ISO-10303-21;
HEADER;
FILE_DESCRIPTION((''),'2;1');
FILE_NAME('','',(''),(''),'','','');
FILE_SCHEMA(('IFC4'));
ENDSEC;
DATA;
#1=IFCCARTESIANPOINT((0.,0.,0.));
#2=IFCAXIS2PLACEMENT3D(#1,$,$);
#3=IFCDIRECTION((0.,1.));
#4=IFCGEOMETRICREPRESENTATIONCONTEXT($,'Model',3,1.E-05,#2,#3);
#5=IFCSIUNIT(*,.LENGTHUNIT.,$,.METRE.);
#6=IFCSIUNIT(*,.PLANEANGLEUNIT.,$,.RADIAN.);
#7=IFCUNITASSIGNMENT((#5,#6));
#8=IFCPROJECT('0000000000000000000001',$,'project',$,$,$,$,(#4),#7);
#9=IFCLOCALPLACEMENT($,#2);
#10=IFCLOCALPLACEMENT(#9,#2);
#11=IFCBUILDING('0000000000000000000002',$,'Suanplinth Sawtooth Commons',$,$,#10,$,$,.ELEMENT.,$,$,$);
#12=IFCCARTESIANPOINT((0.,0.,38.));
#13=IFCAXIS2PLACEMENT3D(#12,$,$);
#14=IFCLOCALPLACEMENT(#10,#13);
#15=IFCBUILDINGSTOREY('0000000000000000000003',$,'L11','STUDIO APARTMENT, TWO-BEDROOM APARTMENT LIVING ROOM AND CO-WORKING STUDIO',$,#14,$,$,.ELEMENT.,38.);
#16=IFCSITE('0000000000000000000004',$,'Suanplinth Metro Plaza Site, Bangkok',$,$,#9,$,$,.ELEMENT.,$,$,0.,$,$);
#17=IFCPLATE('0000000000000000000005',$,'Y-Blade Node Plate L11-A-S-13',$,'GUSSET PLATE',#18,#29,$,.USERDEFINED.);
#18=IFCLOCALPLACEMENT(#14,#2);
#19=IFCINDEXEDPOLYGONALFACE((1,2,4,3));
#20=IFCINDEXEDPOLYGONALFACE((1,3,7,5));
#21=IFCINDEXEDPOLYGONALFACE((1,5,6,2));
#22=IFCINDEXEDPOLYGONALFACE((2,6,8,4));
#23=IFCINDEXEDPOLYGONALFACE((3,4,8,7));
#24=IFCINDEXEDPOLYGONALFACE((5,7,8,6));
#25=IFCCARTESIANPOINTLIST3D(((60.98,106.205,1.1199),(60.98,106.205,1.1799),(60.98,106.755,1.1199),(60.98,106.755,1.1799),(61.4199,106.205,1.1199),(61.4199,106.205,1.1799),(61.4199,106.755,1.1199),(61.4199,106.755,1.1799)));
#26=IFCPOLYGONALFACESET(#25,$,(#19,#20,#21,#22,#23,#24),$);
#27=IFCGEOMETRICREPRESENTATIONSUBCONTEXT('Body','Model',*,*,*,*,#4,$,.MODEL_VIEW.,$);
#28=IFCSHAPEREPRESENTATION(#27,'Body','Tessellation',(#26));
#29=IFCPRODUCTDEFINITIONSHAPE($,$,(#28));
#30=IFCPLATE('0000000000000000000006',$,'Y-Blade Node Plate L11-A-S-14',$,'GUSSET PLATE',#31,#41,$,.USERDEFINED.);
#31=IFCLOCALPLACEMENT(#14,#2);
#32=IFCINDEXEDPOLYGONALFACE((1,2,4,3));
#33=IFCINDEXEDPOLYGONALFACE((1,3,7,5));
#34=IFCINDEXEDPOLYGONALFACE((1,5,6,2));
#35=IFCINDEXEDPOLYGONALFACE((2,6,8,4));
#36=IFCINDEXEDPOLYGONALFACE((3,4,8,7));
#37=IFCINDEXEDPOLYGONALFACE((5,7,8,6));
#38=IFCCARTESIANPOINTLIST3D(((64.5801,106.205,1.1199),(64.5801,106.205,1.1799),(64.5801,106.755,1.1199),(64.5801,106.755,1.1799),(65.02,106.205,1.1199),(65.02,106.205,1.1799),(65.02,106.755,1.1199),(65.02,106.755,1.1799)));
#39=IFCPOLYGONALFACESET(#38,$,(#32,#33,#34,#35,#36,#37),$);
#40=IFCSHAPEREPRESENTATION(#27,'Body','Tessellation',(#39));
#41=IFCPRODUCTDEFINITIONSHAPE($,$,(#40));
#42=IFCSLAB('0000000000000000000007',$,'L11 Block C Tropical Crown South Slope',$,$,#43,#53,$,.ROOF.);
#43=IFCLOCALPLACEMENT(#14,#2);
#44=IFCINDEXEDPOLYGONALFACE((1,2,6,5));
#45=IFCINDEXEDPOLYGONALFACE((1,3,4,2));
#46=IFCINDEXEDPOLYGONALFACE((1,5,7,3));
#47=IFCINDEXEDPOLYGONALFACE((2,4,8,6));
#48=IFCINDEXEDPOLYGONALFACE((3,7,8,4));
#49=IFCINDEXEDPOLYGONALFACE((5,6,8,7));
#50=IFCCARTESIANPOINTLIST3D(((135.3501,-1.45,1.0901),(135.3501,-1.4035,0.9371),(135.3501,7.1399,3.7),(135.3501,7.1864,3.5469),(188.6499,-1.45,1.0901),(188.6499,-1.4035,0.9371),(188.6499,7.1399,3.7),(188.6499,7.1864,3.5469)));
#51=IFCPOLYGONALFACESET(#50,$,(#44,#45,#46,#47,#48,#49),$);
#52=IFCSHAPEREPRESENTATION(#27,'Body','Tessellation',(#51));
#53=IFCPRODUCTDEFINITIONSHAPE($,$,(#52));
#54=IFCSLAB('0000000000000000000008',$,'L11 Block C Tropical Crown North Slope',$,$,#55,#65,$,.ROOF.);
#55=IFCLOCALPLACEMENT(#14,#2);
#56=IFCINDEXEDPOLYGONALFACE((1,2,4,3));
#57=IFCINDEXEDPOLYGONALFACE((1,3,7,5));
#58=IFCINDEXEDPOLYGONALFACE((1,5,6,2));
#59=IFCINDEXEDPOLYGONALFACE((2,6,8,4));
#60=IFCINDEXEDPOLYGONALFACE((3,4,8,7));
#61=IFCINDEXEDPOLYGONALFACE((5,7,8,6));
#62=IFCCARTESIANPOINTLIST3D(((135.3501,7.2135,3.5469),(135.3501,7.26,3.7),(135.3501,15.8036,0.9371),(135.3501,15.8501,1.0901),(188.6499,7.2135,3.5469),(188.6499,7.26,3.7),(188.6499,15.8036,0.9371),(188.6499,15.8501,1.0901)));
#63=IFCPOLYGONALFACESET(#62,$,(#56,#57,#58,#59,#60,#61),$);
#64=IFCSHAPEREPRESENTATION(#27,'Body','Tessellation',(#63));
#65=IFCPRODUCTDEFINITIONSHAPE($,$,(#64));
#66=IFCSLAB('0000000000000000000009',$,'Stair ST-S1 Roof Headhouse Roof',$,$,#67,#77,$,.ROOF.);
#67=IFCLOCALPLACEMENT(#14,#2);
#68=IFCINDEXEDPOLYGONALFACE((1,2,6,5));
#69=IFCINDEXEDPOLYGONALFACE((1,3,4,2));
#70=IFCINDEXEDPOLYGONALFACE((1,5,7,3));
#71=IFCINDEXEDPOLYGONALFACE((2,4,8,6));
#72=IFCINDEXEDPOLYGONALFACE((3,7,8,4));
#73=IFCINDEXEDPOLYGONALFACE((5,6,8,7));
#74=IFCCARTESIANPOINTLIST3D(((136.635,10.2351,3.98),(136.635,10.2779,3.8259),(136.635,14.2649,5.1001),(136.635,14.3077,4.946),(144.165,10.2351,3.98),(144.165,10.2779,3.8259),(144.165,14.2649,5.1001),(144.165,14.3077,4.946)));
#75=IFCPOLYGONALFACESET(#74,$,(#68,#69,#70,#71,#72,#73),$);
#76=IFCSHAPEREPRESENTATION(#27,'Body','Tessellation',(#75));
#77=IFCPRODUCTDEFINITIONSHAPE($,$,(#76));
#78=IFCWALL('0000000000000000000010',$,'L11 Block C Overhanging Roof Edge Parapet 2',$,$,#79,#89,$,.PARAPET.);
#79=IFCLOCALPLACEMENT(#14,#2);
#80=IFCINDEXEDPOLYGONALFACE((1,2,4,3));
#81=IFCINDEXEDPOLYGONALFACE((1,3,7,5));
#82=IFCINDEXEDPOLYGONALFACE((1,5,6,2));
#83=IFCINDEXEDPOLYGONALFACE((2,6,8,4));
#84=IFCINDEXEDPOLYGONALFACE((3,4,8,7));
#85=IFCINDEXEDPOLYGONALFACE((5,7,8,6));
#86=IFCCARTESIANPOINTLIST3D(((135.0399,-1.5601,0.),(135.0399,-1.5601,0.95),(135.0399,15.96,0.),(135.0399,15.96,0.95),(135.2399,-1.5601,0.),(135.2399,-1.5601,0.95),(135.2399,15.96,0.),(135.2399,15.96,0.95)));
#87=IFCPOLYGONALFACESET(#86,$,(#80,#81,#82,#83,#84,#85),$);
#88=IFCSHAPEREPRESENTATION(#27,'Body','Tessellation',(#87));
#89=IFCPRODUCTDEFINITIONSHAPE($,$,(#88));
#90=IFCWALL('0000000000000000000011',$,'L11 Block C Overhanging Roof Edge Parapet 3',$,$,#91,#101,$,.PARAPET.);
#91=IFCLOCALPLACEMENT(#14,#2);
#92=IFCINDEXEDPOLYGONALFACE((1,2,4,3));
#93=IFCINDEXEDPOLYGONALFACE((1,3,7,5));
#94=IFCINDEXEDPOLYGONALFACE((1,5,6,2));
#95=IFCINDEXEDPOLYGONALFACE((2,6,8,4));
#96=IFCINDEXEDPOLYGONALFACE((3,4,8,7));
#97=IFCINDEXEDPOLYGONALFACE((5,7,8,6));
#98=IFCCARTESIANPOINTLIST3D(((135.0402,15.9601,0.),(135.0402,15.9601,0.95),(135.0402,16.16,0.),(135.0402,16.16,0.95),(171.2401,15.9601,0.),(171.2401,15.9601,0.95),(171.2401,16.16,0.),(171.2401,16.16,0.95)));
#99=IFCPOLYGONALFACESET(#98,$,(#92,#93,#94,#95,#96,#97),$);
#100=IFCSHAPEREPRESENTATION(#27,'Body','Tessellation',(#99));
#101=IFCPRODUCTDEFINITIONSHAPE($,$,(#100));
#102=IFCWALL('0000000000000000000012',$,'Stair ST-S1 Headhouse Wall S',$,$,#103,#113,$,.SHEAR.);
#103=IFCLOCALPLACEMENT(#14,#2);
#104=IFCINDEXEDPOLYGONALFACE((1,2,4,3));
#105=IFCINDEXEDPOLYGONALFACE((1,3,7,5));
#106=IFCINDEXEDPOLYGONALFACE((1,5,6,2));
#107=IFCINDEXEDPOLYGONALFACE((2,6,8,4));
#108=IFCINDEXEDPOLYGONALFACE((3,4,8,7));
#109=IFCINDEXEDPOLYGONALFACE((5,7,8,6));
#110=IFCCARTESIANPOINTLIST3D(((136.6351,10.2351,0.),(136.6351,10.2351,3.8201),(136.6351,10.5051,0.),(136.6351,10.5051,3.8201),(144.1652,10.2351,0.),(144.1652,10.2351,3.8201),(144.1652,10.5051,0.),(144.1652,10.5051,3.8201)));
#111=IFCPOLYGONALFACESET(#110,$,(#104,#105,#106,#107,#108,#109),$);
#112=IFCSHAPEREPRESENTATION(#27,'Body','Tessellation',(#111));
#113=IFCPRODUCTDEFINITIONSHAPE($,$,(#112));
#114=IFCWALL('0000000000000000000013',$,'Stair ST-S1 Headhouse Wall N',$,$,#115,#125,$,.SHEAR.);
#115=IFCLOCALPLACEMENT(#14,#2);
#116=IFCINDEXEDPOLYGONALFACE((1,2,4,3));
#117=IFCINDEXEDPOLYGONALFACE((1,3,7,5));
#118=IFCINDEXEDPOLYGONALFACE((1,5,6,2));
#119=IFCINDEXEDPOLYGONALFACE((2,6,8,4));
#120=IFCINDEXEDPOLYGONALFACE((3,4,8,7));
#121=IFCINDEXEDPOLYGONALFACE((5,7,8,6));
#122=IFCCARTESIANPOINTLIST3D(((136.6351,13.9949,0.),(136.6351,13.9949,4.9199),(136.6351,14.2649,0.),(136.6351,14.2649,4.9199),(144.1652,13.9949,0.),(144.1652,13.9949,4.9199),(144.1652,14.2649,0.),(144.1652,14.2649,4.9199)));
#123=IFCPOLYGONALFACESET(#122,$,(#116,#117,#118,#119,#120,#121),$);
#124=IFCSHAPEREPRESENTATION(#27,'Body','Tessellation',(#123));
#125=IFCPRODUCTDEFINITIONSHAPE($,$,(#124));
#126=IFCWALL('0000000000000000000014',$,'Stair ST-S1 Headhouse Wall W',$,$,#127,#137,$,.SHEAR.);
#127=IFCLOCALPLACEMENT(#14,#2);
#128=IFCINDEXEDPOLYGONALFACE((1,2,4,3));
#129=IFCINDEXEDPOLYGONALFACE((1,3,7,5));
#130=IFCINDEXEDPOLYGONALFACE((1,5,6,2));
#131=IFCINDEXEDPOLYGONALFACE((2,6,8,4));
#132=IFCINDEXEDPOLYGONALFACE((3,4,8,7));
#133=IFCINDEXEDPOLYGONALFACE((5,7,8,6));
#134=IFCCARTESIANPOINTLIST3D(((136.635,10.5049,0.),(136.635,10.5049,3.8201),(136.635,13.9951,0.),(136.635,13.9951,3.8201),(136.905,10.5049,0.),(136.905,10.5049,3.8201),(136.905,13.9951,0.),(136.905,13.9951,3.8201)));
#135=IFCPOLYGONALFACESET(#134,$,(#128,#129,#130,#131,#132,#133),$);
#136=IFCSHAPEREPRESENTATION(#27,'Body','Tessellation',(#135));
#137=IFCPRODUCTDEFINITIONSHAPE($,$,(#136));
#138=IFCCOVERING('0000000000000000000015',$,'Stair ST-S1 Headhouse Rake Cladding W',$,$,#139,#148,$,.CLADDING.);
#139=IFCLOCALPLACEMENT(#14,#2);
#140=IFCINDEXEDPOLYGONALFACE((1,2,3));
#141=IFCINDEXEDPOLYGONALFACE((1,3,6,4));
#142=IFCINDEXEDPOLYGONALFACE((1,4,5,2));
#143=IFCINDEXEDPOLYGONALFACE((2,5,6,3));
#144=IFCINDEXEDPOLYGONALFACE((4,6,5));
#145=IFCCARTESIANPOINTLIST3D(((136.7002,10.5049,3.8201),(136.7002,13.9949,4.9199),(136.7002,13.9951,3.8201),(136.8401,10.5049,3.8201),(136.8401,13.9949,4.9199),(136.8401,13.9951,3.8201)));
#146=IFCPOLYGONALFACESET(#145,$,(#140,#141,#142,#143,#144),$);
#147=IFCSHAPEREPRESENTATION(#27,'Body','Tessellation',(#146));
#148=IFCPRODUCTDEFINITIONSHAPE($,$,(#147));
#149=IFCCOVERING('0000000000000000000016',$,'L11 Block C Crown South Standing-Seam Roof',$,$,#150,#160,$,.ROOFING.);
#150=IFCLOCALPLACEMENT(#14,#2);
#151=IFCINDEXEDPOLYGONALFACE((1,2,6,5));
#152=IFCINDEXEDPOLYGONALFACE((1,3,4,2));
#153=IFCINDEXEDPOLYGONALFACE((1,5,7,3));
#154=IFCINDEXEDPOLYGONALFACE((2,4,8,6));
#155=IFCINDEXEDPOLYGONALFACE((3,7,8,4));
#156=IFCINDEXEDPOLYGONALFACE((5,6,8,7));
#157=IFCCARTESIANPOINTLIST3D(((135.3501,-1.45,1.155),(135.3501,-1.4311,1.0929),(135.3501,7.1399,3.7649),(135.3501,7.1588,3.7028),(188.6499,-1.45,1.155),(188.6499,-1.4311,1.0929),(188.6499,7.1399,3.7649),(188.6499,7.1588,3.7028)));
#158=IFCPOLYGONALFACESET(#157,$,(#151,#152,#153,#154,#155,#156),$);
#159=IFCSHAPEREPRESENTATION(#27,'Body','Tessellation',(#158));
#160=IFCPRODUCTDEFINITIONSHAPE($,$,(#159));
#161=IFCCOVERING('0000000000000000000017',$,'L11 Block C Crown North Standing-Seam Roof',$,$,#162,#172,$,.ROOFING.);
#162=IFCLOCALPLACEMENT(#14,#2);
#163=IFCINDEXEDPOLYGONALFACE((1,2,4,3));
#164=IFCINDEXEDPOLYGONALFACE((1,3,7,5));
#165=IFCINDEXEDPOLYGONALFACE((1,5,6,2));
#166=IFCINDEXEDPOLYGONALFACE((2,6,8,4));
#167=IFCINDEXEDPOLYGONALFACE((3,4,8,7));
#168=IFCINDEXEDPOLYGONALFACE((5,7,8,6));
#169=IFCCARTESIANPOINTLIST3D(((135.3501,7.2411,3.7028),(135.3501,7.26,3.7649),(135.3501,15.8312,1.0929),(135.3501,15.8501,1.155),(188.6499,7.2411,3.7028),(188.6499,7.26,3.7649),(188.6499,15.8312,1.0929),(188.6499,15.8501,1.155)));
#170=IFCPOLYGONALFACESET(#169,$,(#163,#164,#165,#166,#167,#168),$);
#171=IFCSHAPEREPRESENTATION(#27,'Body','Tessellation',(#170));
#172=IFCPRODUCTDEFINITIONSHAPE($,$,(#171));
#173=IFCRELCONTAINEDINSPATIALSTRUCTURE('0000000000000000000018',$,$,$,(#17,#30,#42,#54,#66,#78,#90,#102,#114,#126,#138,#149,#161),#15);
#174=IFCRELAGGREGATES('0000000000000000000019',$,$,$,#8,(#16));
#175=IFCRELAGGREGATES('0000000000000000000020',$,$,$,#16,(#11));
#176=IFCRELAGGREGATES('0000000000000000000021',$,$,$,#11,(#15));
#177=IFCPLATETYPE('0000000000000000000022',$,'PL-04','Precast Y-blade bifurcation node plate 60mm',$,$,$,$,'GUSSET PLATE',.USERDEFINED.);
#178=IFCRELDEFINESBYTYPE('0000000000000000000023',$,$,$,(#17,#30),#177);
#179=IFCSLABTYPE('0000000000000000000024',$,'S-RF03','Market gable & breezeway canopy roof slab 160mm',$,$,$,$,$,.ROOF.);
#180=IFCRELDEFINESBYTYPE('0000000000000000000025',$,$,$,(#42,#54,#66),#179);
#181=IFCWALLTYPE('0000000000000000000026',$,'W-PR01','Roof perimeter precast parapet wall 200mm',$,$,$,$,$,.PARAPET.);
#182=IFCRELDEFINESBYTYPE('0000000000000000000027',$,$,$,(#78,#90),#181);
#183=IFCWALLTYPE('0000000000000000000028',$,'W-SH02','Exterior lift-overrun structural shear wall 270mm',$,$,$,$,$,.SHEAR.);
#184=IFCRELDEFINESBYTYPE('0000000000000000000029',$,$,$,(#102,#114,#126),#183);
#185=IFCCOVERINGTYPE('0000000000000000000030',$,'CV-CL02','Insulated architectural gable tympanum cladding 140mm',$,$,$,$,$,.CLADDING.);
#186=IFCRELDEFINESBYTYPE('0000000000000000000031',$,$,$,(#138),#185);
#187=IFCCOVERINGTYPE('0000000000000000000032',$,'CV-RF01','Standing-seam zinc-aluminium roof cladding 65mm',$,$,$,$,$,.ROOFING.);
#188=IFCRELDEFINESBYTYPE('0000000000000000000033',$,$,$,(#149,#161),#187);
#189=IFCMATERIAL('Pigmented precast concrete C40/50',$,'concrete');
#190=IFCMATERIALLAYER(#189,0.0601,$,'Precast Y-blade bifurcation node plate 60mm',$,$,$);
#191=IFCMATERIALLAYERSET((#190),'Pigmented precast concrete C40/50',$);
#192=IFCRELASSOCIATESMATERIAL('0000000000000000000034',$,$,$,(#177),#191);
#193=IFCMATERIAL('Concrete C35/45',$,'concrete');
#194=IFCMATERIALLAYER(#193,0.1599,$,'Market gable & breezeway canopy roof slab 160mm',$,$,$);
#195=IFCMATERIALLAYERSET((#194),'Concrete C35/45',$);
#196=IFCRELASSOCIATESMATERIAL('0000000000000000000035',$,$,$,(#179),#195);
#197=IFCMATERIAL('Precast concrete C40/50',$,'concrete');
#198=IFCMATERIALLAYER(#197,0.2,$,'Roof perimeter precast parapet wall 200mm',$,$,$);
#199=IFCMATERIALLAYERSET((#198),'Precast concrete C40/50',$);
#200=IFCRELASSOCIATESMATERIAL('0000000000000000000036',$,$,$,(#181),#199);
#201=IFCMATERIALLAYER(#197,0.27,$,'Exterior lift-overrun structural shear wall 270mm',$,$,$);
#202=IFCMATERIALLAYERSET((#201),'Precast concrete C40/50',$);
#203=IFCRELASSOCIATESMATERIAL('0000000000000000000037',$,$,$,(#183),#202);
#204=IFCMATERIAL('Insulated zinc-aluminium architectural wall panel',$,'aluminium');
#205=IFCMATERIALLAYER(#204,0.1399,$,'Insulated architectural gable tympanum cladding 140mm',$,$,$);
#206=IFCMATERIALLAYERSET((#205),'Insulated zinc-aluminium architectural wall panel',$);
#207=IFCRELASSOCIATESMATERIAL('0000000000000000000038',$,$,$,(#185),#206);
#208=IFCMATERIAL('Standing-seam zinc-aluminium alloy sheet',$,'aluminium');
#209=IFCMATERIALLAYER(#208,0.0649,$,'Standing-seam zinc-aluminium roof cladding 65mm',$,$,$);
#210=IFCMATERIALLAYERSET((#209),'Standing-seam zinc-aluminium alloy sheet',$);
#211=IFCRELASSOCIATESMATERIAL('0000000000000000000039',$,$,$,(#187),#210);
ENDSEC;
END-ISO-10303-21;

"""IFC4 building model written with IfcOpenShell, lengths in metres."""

from ifc_helpers import new_model, si_unit, direction, frame, frame_2d, origin, origin_2d, place, context, subcontext, project, spatial, polyline, rectangle, outline, extrude, material, layer, layer_set, type_object, element, save


model = new_model("IFC4")

# Units and contexts
model_context = context("Model", 3, precision=1e-05, world=origin(), true_north=direction((0.0, 1.0)))
body_context = subcontext(model_context, "Body", "Model", "MODEL_VIEW")
ifc_project = project(units=[si_unit("LENGTHUNIT", "METRE"), si_unit("PLANEANGLEUNIT", "RADIAN")], contexts=[model_context])

# Site, building, storey
site_placement = place(None, origin())
site = spatial("IfcSite", under=ifc_project, at=site_placement, Name="Suanplinth Metro Plaza Site, Bangkok", CompositionType="ELEMENT", RefElevation=0.0)
building_placement = place(site_placement, origin())
building = spatial("IfcBuilding", under=site, at=building_placement, Name="Suanplinth Sawtooth Commons", CompositionType="ELEMENT")
storey_placement = place(building_placement, frame((0.0, 0.0, 38.0)))
storey = spatial("IfcBuildingStorey", under=building, at=storey_placement, Name="L11", Description="STUDIO APARTMENT, TWO-BEDROOM APARTMENT LIVING ROOM AND CO-WORKING STUDIO", CompositionType="ELEMENT", Elevation=38.0)

# Shared definitions
ifc_material_1 = material(Name="Precast concrete C40/50", Category="concrete")

# Shared definitions
ifc_material_2 = material(Name="Pigmented precast concrete C40/50", Category="concrete")

# Plates
ifc_layer_1 = layer(ifc_material_2, 0.0601, Name="Precast Y-blade bifurcation node plate 60mm")
ifc_layer_set_1 = layer_set([ifc_layer_1], Name="Pigmented precast concrete C40/50")
plate_type = type_object("IfcPlateType", Name="PL-04", Description="Precast Y-blade bifurcation node plate 60mm", ElementType="GUSSET PLATE", PredefinedType="USERDEFINED", material=ifc_layer_set_1)
for number, where, z_axis, x_axis, name in (
    (1, (61.2, 106.48, 1.1199), (0.0, 0.0, 1.0), (1.0, 0.0, 0.0), "Y-Blade Node Plate L11-A-S-13"),
    (2, (64.8, 106.48, 1.1199), (0.0, 0.0, 1.0), (1.0, 0.0, 0.0), "Y-Blade Node Plate L11-A-S-14"),
):
    element("IfcPlate", number, at=place(storey_placement, frame(where, z_axis=z_axis, x_axis=x_axis)), inside=storey, type_object=plate_type, Name=name, ObjectType="GUSSET PLATE", PredefinedType="USERDEFINED", context=body_context, shape_type="SweptSolid", body=[
        extrude(rectangle(XDim=0.4399, YDim=0.55, at=origin_2d()), origin(), (0.0, 0.0, 1.0), 0.0601),
    ])

# Slabs
ifc_material_3 = material(Name="Concrete C35/45", Category="concrete")
ifc_layer_2 = layer(ifc_material_3, 0.1599, Name="Market gable & breezeway canopy roof slab 160mm")
ifc_layer_set_2 = layer_set([ifc_layer_2], Name="Concrete C35/45")
slab_type = type_object("IfcSlabType", Name="S-RF03", Description="Market gable & breezeway canopy roof slab 160mm", PredefinedType="ROOF", material=ifc_layer_set_2)
slab_1_placement = place(storey_placement, frame((135.3501, -1.45, 1.0901), z_axis=(0.0, -0.290709, 0.956811), x_axis=(1.0, 0.0, 0.0)))
element("IfcSlab", 3, at=slab_1_placement, inside=storey, type_object=slab_type, Name="L11 Block C Tropical Crown South Slope", PredefinedType="ROOF", context=body_context, shape_type="SweptSolid", body=[
    extrude(outline(polyline([(0.0, 0.0), (53.2998, 0.0), (53.2998, 8.9776), (0.0, 8.9776), (0.0, 0.0)])), origin(), (0.0, 0.0, -1.0), 0.1599),
])
slab_2_placement = place(storey_placement, frame((135.3501, 15.8501, 1.0901), z_axis=(0.0, 0.290702, 0.956814), x_axis=(1.0, 0.0, 0.0)))
element("IfcSlab", 4, at=slab_2_placement, inside=storey, type_object=slab_type, Name="L11 Block C Tropical Crown North Slope", PredefinedType="ROOF", context=body_context, shape_type="SweptSolid", body=[
    extrude(outline(polyline([(0.0, 0.0), (53.2998, 0.0), (53.2998, -8.9778), (0.0, -8.9778), (0.0, 0.0)])), origin(), (0.0, 0.0, -1.0), 0.1599),
])
slab_3_placement = place(storey_placement, frame((136.635, 10.2351, 3.98), z_axis=(0.0, -0.267806, 0.963473), x_axis=(1.0, 0.0, 0.0)))
element("IfcSlab", 5, at=slab_3_placement, inside=storey, type_object=slab_type, Name="Stair ST-S1 Roof Headhouse Roof", PredefinedType="ROOF", context=body_context, shape_type="SweptSolid", body=[
    extrude(outline(polyline([(0.0, 0.0), (7.53, 0.0), (7.53, 4.1826), (0.0, 4.1826), (0.0, 0.0)])), origin(), (0.0, 0.0, -1.0), 0.1599),
])

# Walls
ifc_layer_3 = layer(ifc_material_1, 0.2, Name="Roof perimeter precast parapet wall 200mm")
ifc_layer_set_3 = layer_set([ifc_layer_3], Name="Precast concrete C40/50")
wall_type_1 = type_object("IfcWallType", Name="W-PR01", Description="Roof perimeter precast parapet wall 200mm", PredefinedType="PARAPET", material=ifc_layer_set_3)
wall_1_placement = place(storey_placement, frame((135.1399, -1.5601, 0.0), z_axis=(0.0, 0.0, 1.0), x_axis=(0.0, 1.0, 0.0)))
element("IfcWall", 6, at=wall_1_placement, inside=storey, type_object=wall_type_1, Name="L11 Block C Overhanging Roof Edge Parapet 2", PredefinedType="PARAPET", context=body_context, shape_type="SweptSolid", body=[
    extrude(rectangle(XDim=17.52, YDim=0.2, at=frame_2d((8.76, 0.0))), origin(), (0.0, 0.0, 1.0), 0.95),
])
wall_2_placement = place(storey_placement, frame((135.04, 16.0601, 0.0), z_axis=(0.0, 0.0, 1.0), x_axis=(1.0, 0.0, 0.0)))
element("IfcWall", 7, at=wall_2_placement, inside=storey, type_object=wall_type_1, Name="L11 Block C Overhanging Roof Edge Parapet 3", PredefinedType="PARAPET", context=body_context, shape_type="SweptSolid", body=[
    extrude(rectangle(XDim=36.2, YDim=0.2, at=frame_2d((18.1001, 0.0))), origin(), (0.0, 0.0, 1.0), 0.95),
])
ifc_layer_4 = layer(ifc_material_1, 0.27, Name="Exterior lift-overrun structural shear wall 270mm")
ifc_layer_set_4 = layer_set([ifc_layer_4], Name="Precast concrete C40/50")
wall_type_2 = type_object("IfcWallType", Name="W-SH02", Description="Exterior lift-overrun structural shear wall 270mm", PredefinedType="SHEAR", material=ifc_layer_set_4)
wall_3_placement = place(storey_placement, frame((136.635, 10.3701, 0.0), z_axis=(0.0, 0.0, 1.0), x_axis=(1.0, 0.0, 0.0)))
element("IfcWall", 8, at=wall_3_placement, inside=storey, type_object=wall_type_2, Name="Stair ST-S1 Headhouse Wall S", PredefinedType="SHEAR", context=body_context, shape_type="SweptSolid", body=[
    extrude(rectangle(XDim=7.53, YDim=0.27, at=frame_2d((3.7651, 0.0))), origin(), (0.0, 0.0, 1.0), 3.8201),
])
wall_4_placement = place(storey_placement, frame((136.635, 14.1299, 0.0), z_axis=(0.0, 0.0, 1.0), x_axis=(1.0, 0.0, 0.0)))
element("IfcWall", 9, at=wall_4_placement, inside=storey, type_object=wall_type_2, Name="Stair ST-S1 Headhouse Wall N", PredefinedType="SHEAR", context=body_context, shape_type="SweptSolid", body=[
    extrude(rectangle(XDim=7.53, YDim=0.27, at=frame_2d((3.7651, 0.0))), origin(), (0.0, 0.0, 1.0), 4.9199),
])
wall_5_placement = place(storey_placement, frame((136.77, 10.5049, 0.0), z_axis=(0.0, 0.0, 1.0), x_axis=(0.0, 1.0, 0.0)))
element("IfcWall", 10, at=wall_5_placement, inside=storey, type_object=wall_type_2, Name="Stair ST-S1 Headhouse Wall W", PredefinedType="SHEAR", context=body_context, shape_type="SweptSolid", body=[
    extrude(rectangle(XDim=3.4902, YDim=0.27, at=frame_2d((1.7451, 0.0))), origin(), (0.0, 0.0, 1.0), 3.8201),
])

# Coverings
ifc_material_4 = material(Name="Insulated zinc-aluminium architectural wall panel", Category="aluminium")
ifc_layer_5 = layer(ifc_material_4, 0.1399, Name="Insulated architectural gable tympanum cladding 140mm")
ifc_layer_set_5 = layer_set([ifc_layer_5], Name="Insulated zinc-aluminium architectural wall panel")
covering_type_1 = type_object("IfcCoveringType", Name="CV-CL02", Description="Insulated architectural gable tympanum cladding 140mm", PredefinedType="CLADDING", material=ifc_layer_set_5)
covering_1_placement = place(storey_placement, frame((136.77, 10.5049, 3.8201), z_axis=(0.0, 0.0, 1.0), x_axis=(0.0, 1.0, 0.0)))
element("IfcCovering", 11, at=covering_1_placement, inside=storey, type_object=covering_type_1, Name="Stair ST-S1 Headhouse Rake Cladding W", PredefinedType="CLADDING", context=body_context, shape_type="SweptSolid", body=[
    extrude(outline(polyline([(0.0, 0.0), (3.4902, 0.0), (3.49, 1.0999), (0.0, 0.0), (0.0, 0.0)])), frame((0.0, 0.0698, 0.0), z_axis=(0.0, -1.0, 0.0), x_axis=(1.0, 0.0, 0.0)), (0.0, 0.0, 1.0), 0.1399),
])
ifc_material_5 = material(Name="Standing-seam zinc-aluminium alloy sheet", Category="aluminium")
ifc_layer_6 = layer(ifc_material_5, 0.0649, Name="Standing-seam zinc-aluminium roof cladding 65mm")
ifc_layer_set_6 = layer_set([ifc_layer_6], Name="Standing-seam zinc-aluminium alloy sheet")
covering_type_2 = type_object("IfcCoveringType", Name="CV-RF01", Description="Standing-seam zinc-aluminium roof cladding 65mm", PredefinedType="ROOFING", material=ifc_layer_set_6)
covering_2_placement = place(storey_placement, frame((135.3501, -1.45, 1.155), z_axis=(0.0, -0.290709, 0.956811), x_axis=(1.0, 0.0, 0.0)))
element("IfcCovering", 12, at=covering_2_placement, inside=storey, type_object=covering_type_2, Name="L11 Block C Crown South Standing-Seam Roof", PredefinedType="ROOFING", context=body_context, shape_type="SweptSolid", body=[
    extrude(outline(polyline([(0.0, 0.0), (53.2998, 0.0), (53.2998, 8.9776), (0.0, 8.9776), (0.0, 0.0)])), origin(), (0.0, 0.0, -1.0), 0.0649),
])
covering_3_placement = place(storey_placement, frame((135.3501, 15.8501, 1.155), z_axis=(0.0, 0.290702, 0.956814), x_axis=(1.0, 0.0, 0.0)))
element("IfcCovering", 13, at=covering_3_placement, inside=storey, type_object=covering_type_2, Name="L11 Block C Crown North Standing-Seam Roof", PredefinedType="ROOFING", context=body_context, shape_type="SweptSolid", body=[
    extrude(outline(polyline([(0.0, 0.0), (53.2998, 0.0), (53.2998, -8.9778), (0.0, -8.9778), (0.0, 0.0)])), origin(), (0.0, 0.0, -1.0), 0.0649),
])

save(model, "model.ifc")
